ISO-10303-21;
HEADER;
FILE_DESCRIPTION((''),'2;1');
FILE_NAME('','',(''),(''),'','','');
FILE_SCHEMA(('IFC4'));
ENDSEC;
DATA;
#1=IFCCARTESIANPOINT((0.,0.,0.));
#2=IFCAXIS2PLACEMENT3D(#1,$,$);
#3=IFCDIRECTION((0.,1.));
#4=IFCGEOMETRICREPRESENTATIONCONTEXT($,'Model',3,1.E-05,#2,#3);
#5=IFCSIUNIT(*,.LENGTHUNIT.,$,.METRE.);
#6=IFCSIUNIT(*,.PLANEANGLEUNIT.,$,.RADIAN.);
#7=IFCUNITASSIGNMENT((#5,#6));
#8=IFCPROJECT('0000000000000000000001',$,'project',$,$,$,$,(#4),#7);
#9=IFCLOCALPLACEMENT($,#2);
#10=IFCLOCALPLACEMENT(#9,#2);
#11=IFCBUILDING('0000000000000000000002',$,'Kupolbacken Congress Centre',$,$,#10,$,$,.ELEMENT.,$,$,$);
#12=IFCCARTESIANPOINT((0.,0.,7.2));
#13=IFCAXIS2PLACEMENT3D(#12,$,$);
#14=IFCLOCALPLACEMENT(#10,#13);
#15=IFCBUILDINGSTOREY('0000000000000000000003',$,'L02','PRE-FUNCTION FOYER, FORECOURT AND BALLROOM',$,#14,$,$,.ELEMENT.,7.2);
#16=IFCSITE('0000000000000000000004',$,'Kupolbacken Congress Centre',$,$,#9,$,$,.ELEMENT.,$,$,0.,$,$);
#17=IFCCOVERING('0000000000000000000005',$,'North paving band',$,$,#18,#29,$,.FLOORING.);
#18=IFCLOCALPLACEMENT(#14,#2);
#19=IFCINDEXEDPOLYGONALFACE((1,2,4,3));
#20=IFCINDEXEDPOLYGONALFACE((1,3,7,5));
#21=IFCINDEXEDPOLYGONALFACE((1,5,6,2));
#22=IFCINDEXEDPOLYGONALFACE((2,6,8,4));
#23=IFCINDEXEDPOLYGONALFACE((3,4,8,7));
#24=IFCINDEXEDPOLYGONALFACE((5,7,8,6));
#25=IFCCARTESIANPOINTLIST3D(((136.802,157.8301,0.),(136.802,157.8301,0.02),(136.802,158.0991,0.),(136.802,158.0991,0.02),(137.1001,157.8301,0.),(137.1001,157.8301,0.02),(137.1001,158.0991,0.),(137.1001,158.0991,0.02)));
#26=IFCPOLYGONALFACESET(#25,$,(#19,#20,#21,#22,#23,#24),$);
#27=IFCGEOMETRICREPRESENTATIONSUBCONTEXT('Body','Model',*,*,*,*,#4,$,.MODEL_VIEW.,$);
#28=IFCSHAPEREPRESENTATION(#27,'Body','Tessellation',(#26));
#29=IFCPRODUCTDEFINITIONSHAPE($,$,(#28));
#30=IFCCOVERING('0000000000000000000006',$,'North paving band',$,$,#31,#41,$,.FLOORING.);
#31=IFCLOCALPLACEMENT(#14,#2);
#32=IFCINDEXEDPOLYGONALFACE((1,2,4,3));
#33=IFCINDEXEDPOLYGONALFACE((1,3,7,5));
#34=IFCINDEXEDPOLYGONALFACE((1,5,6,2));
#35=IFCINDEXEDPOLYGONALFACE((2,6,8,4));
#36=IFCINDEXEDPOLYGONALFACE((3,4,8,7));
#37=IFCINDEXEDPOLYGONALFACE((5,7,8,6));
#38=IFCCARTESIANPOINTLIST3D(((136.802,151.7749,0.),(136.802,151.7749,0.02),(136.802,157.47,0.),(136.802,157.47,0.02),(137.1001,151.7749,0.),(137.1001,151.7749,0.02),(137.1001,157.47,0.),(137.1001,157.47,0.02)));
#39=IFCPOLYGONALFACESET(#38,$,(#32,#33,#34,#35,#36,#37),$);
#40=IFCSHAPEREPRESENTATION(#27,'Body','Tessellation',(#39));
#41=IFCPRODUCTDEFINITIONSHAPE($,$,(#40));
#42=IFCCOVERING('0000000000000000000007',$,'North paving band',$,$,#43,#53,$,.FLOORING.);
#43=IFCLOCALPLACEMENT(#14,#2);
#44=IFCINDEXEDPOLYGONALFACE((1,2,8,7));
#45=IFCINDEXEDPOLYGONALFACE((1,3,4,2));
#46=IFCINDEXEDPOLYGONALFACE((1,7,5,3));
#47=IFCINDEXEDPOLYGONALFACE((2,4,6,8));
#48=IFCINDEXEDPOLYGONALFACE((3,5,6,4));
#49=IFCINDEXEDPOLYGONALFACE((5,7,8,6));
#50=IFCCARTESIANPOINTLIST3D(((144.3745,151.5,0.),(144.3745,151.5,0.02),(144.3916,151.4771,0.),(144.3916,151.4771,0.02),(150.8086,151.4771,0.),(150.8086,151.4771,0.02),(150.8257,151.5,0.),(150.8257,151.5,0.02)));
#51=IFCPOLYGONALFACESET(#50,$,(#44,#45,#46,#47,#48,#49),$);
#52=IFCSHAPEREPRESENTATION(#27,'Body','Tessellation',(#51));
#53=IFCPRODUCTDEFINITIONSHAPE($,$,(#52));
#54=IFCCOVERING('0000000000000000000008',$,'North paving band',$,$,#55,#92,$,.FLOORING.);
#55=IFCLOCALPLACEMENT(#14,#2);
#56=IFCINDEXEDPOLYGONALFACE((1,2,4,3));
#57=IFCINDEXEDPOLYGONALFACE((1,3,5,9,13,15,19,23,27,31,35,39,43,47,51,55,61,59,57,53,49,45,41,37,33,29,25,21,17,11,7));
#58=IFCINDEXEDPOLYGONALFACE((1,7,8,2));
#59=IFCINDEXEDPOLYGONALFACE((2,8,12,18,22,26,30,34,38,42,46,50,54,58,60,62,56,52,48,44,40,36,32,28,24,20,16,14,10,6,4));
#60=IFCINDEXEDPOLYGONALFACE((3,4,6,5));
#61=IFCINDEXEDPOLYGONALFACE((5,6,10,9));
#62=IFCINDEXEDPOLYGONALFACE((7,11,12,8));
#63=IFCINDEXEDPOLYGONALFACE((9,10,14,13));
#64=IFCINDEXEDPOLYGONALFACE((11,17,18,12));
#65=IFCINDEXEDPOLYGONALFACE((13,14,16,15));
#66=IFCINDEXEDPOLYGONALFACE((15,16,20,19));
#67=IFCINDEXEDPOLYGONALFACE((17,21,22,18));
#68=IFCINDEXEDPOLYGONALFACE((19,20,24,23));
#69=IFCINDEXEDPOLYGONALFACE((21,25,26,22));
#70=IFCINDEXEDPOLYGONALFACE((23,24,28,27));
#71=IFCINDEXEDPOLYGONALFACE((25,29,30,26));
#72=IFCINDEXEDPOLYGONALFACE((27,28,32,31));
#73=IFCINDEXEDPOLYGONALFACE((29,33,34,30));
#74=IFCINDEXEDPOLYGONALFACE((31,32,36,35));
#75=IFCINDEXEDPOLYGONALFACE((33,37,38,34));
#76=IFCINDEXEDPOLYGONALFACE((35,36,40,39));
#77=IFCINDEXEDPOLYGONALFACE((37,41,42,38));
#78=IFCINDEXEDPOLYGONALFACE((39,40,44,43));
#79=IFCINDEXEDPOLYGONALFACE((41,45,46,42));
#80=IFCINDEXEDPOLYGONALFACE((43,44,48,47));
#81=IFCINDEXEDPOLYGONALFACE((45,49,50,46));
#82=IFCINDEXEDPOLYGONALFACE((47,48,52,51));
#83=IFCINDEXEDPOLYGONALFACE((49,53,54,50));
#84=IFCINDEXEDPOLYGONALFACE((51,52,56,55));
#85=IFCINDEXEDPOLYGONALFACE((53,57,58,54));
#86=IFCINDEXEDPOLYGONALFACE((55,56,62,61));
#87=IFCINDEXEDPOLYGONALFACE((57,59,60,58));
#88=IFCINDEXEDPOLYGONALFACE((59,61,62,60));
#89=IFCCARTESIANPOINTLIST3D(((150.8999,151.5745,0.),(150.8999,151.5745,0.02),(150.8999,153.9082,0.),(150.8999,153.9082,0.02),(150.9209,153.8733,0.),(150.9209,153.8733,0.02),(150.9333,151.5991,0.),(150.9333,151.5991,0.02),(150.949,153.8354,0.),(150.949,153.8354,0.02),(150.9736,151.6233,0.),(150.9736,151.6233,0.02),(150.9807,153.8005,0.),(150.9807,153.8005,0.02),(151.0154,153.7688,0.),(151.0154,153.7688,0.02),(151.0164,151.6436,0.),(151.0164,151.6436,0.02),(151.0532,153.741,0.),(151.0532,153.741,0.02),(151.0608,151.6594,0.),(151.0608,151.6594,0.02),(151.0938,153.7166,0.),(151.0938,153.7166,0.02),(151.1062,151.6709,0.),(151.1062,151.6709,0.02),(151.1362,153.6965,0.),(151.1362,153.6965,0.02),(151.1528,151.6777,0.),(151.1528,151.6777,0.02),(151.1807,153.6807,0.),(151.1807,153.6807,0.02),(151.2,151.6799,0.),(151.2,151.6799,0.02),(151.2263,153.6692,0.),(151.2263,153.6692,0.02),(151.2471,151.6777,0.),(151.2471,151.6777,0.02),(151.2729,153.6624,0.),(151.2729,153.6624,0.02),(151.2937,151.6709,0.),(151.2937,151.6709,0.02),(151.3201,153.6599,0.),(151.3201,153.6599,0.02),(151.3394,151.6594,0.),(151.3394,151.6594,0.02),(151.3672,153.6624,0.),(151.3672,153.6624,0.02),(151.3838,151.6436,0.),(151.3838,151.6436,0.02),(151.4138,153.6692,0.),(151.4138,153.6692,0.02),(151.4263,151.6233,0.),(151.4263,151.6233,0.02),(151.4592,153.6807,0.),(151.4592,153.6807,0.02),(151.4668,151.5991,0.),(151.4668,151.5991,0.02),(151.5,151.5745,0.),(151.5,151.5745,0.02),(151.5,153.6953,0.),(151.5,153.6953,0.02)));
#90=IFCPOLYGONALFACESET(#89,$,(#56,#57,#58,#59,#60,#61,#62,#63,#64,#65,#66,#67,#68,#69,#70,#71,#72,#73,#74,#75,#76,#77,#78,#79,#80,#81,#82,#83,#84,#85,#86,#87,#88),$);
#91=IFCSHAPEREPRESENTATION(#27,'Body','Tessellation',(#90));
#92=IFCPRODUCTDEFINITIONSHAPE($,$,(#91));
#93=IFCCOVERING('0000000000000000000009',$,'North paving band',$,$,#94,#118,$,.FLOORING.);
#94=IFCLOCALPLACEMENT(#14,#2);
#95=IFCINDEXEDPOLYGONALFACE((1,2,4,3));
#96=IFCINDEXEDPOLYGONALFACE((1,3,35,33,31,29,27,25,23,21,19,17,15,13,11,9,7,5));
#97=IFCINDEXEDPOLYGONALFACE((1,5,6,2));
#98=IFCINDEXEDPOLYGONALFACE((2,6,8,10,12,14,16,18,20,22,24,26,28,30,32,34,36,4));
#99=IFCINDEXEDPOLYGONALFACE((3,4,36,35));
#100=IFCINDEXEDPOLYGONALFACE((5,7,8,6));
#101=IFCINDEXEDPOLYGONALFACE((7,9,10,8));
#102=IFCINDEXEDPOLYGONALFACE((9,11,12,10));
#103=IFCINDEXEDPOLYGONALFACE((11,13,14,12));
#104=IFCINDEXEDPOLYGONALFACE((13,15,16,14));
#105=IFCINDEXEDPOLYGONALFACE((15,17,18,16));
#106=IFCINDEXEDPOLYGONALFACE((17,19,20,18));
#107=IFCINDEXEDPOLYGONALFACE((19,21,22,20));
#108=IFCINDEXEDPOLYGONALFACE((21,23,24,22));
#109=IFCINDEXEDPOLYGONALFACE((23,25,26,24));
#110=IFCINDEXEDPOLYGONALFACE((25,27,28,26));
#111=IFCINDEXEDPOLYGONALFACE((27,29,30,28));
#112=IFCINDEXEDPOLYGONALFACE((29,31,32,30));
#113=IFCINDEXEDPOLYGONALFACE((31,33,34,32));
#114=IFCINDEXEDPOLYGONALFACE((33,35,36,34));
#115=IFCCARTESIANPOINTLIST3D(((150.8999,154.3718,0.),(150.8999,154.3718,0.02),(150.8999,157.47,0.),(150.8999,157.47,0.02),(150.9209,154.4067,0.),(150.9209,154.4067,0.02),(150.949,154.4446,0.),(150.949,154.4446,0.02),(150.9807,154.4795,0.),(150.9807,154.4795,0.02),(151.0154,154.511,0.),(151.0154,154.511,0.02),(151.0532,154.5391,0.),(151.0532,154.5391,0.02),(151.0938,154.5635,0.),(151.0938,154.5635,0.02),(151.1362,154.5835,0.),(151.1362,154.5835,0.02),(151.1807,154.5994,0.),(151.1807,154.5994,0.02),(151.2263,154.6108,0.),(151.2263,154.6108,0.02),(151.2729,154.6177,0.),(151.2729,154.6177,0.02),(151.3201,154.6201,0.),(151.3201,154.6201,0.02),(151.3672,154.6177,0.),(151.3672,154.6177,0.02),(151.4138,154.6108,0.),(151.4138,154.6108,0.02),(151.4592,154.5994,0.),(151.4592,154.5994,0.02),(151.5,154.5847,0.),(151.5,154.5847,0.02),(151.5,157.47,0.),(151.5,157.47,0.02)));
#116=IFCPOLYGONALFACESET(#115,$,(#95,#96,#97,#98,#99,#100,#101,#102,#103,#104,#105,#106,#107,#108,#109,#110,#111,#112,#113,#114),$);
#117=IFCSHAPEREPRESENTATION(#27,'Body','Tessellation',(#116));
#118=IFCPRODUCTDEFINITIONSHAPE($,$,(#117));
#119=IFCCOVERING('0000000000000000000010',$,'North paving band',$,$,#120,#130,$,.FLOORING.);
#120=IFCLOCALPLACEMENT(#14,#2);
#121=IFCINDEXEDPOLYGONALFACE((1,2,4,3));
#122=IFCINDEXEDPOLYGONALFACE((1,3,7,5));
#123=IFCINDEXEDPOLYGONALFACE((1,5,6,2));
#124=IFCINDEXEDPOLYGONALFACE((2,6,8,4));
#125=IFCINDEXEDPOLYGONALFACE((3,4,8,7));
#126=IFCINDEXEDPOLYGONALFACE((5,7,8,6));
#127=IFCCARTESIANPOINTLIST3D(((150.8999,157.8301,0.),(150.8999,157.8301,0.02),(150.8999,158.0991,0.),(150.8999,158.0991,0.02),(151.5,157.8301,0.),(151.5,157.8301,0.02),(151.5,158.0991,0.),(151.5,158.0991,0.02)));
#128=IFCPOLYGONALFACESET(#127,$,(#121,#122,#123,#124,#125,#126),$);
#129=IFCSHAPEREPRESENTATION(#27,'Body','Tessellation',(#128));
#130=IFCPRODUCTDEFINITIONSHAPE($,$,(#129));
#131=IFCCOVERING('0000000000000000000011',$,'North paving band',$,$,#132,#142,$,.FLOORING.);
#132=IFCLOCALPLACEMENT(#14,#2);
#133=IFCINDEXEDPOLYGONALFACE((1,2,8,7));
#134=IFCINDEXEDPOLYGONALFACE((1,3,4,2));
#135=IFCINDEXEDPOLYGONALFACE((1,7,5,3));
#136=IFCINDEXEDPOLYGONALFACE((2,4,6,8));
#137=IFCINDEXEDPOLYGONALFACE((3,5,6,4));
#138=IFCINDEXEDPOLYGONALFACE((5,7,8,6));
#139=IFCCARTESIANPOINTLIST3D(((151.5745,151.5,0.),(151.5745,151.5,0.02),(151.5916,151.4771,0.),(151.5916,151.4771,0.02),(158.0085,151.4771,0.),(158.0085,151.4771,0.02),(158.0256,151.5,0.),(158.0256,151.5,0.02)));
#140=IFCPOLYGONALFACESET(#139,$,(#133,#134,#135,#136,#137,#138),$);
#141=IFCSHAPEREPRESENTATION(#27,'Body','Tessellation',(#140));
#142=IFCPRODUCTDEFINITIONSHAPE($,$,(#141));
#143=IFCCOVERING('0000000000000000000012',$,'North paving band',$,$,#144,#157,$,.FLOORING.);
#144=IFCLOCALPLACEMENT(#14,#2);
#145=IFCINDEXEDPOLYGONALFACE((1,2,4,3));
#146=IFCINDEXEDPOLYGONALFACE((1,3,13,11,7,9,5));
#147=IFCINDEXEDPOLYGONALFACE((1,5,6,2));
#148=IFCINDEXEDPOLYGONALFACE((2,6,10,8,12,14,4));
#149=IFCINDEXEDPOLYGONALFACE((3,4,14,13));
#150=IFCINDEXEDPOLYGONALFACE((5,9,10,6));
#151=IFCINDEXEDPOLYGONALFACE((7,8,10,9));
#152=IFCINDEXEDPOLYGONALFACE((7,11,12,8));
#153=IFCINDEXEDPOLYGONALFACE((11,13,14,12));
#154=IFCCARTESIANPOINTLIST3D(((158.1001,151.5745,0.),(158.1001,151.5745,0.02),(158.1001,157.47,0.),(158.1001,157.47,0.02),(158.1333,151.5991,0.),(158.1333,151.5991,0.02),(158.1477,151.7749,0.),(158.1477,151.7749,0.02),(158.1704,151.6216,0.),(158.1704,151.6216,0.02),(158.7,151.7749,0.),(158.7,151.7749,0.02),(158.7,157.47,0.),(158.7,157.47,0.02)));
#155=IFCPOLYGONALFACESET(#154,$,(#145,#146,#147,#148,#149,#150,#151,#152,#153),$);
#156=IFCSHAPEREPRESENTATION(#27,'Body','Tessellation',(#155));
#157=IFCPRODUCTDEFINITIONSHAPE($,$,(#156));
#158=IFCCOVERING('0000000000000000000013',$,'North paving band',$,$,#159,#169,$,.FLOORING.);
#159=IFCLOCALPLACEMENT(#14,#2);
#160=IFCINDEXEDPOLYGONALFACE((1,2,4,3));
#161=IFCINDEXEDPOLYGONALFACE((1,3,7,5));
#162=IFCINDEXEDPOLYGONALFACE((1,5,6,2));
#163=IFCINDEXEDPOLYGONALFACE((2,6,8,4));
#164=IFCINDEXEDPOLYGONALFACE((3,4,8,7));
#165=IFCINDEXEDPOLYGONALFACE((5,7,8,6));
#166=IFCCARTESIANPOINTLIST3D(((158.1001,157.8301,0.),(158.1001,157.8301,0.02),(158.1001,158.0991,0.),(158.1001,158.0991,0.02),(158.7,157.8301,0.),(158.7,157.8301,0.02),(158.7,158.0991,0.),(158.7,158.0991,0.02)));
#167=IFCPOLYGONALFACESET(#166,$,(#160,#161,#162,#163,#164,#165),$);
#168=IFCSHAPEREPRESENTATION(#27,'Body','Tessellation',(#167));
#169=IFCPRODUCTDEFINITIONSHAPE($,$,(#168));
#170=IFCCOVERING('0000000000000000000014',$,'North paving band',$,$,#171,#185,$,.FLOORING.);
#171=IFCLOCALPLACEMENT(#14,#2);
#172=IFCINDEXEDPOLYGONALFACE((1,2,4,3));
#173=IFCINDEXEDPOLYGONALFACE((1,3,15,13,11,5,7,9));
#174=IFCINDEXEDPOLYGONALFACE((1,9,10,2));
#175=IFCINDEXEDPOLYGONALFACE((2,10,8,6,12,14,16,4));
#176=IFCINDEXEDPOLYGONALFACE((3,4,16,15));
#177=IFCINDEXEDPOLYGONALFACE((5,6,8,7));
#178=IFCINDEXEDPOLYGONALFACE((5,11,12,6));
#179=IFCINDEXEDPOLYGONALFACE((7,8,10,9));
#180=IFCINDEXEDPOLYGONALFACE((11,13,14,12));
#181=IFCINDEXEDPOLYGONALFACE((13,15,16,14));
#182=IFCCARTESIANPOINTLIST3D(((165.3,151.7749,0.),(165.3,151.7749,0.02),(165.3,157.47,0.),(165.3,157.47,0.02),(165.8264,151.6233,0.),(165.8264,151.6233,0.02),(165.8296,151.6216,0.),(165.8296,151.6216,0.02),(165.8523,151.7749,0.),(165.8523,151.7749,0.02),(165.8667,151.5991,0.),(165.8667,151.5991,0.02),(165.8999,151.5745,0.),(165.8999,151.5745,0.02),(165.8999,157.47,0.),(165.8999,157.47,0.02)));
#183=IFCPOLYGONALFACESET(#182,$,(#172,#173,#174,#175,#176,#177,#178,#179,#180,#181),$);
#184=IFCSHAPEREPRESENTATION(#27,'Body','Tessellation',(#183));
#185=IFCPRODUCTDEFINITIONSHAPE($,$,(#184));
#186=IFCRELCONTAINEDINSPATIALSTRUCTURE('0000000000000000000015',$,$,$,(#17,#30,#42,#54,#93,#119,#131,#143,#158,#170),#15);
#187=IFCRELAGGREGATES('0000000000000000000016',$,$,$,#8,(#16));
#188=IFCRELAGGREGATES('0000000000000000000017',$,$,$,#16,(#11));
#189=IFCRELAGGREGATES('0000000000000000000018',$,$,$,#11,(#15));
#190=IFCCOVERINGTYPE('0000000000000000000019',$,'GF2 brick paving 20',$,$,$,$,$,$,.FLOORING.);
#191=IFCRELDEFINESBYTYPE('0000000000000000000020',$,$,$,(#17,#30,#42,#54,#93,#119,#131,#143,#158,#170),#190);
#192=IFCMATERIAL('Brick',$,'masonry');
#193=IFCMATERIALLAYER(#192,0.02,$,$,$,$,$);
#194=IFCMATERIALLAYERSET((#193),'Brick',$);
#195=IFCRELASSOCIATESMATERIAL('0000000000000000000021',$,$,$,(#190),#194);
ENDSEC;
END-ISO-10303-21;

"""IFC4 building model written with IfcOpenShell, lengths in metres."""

from ifc_helpers import new_model, si_unit, direction, frame, origin, place, context, subcontext, project, spatial, polyline, outline, extrude, material, layer, layer_set, type_object, element, save


model = new_model("IFC4")

# Units and contexts
model_context = context("Model", 3, precision=1e-05, world=origin(), true_north=direction((0.0, 1.0)))
body_context = subcontext(model_context, "Body", "Model", "MODEL_VIEW")
ifc_project = project(units=[si_unit("LENGTHUNIT", "METRE"), si_unit("PLANEANGLEUNIT", "RADIAN")], contexts=[model_context])

# Site, building, storey
site_placement = place(None, origin())
site = spatial("IfcSite", under=ifc_project, at=site_placement, Name="Kupolbacken Congress Centre", CompositionType="ELEMENT", RefElevation=0.0)
building_placement = place(site_placement, origin())
building = spatial("IfcBuilding", under=site, at=building_placement, Name="Kupolbacken Congress Centre", CompositionType="ELEMENT")
storey_placement = place(building_placement, frame((0.0, 0.0, 7.2)))
storey = spatial("IfcBuildingStorey", under=building, at=storey_placement, Name="L02", Description="PRE-FUNCTION FOYER, FORECOURT AND BALLROOM", CompositionType="ELEMENT", Elevation=7.2)

# Coverings
ifc_material = material(Name="Brick", Category="masonry")
ifc_layer = layer(ifc_material, 0.02)
ifc_layer_set = layer_set([ifc_layer], Name="Brick")
covering_type = type_object("IfcCoveringType", Name="GF2 brick paving 20", PredefinedType="FLOORING", material=ifc_layer_set)
covering_1_placement = place(storey_placement, origin())
element("IfcCovering", 1, at=covering_1_placement, inside=storey, type_object=covering_type, Name="North paving band", PredefinedType="FLOORING", context=body_context, shape_type="SweptSolid", body=[
    extrude(outline(polyline([(137.1001, 157.8301), (136.802, 157.8301), (136.802, 158.0991), (137.1001, 158.0991), (137.1001, 157.8301)])), origin(), (0.0, 0.0, 1.0), 0.02),
])
covering_2_placement = place(storey_placement, origin())
element("IfcCovering", 2, at=covering_2_placement, inside=storey, type_object=covering_type, Name="North paving band", PredefinedType="FLOORING", context=body_context, shape_type="SweptSolid", body=[
    extrude(outline(polyline([(137.1001, 151.7749), (136.802, 151.7749), (136.802, 157.47), (137.1001, 157.47), (137.1001, 151.7749)])), origin(), (0.0, 0.0, 1.0), 0.02),
])
covering_3_placement = place(storey_placement, origin())
element("IfcCovering", 3, at=covering_3_placement, inside=storey, type_object=covering_type, Name="North paving band", PredefinedType="FLOORING", context=body_context, shape_type="SweptSolid", body=[
    extrude(outline(polyline([(150.8257, 151.5), (150.8086, 151.4771), (144.3916, 151.4771), (144.3745, 151.5), (150.8257, 151.5)])), origin(), (0.0, 0.0, 1.0), 0.02),
])
covering_4_placement = place(storey_placement, origin())
element("IfcCovering", 4, at=covering_4_placement, inside=storey, type_object=covering_type, Name="North paving band", PredefinedType="FLOORING", context=body_context, shape_type="SweptSolid", body=[
    extrude(outline(polyline([(150.8999, 153.9082), (150.9209, 153.8733), (150.949, 153.8354), (150.9807, 153.8005), (151.0154, 153.7688), (151.0532, 153.741), (151.0938, 153.7166), (151.1362, 153.6965), (151.1807, 153.6807), (151.2263, 153.6692), (151.2729, 153.6624), (151.3201, 153.6599), (151.3672, 153.6624), (151.4138, 153.6692), (151.4592, 153.6807), (151.5, 153.6953), (151.5, 151.5745), (151.4668, 151.5991), (151.4263, 151.6233), (151.3838, 151.6436), (151.3394, 151.6594), (151.2937, 151.6709), (151.2471, 151.6777), (151.2, 151.6799), (151.1528, 151.6777), (151.1062, 151.6709), (151.0608, 151.6594), (151.0164, 151.6436), (150.9736, 151.6233), (150.9333, 151.5991), (150.8999, 151.5745), (150.8999, 153.9082)])), origin(), (0.0, 0.0, 1.0), 0.02),
])
covering_5_placement = place(storey_placement, origin())
element("IfcCovering", 5, at=covering_5_placement, inside=storey, type_object=covering_type, Name="North paving band", PredefinedType="FLOORING", context=body_context, shape_type="SweptSolid", body=[
    extrude(outline(polyline([(150.8999, 157.47), (151.5, 157.47), (151.5, 154.5847), (151.4592, 154.5994), (151.4138, 154.6108), (151.3672, 154.6177), (151.3201, 154.6201), (151.2729, 154.6177), (151.2263, 154.6108), (151.1807, 154.5994), (151.1362, 154.5835), (151.0938, 154.5635), (151.0532, 154.5391), (151.0154, 154.511), (150.9807, 154.4795), (150.949, 154.4446), (150.9209, 154.4067), (150.8999, 154.3718), (150.8999, 157.47)])), origin(), (0.0, 0.0, 1.0), 0.02),
])
covering_6_placement = place(storey_placement, origin())
element("IfcCovering", 6, at=covering_6_placement, inside=storey, type_object=covering_type, Name="North paving band", PredefinedType="FLOORING", context=body_context, shape_type="SweptSolid", body=[
    extrude(outline(polyline([(150.8999, 158.0991), (151.5, 158.0991), (151.5, 157.8301), (150.8999, 157.8301), (150.8999, 158.0991)])), origin(), (0.0, 0.0, 1.0), 0.02),
])
covering_7_placement = place(storey_placement, origin())
element("IfcCovering", 7, at=covering_7_placement, inside=storey, type_object=covering_type, Name="North paving band", PredefinedType="FLOORING", context=body_context, shape_type="SweptSolid", body=[
    extrude(outline(polyline([(158.0256, 151.5), (158.0085, 151.4771), (151.5916, 151.4771), (151.5745, 151.5), (158.0256, 151.5)])), origin(), (0.0, 0.0, 1.0), 0.02),
])
covering_8_placement = place(storey_placement, origin())
element("IfcCovering", 8, at=covering_8_placement, inside=storey, type_object=covering_type, Name="North paving band", PredefinedType="FLOORING", context=body_context, shape_type="SweptSolid", body=[
    extrude(outline(polyline([(158.1001, 157.47), (158.7, 157.47), (158.7, 151.7749), (158.1477, 151.7749), (158.1704, 151.6216), (158.1333, 151.5991), (158.1001, 151.5745), (158.1001, 157.47)])), origin(), (0.0, 0.0, 1.0), 0.02),
])
covering_9_placement = place(storey_placement, origin())
element("IfcCovering", 9, at=covering_9_placement, inside=storey, type_object=covering_type, Name="North paving band", PredefinedType="FLOORING", context=body_context, shape_type="SweptSolid", body=[
    extrude(outline(polyline([(158.1001, 158.0991), (158.7, 158.0991), (158.7, 157.8301), (158.1001, 157.8301), (158.1001, 158.0991)])), origin(), (0.0, 0.0, 1.0), 0.02),
])
covering_10_placement = place(storey_placement, origin())
element("IfcCovering", 10, at=covering_10_placement, inside=storey, type_object=covering_type, Name="North paving band", PredefinedType="FLOORING", context=body_context, shape_type="SweptSolid", body=[
    extrude(outline(polyline([(165.3, 157.47), (165.8999, 157.47), (165.8999, 151.5745), (165.8667, 151.5991), (165.8264, 151.6233), (165.8296, 151.6216), (165.8523, 151.7749), (165.3, 151.7749), (165.3, 157.47)])), origin(), (0.0, 0.0, 1.0), 0.02),
])

save(model, "model.ifc")
